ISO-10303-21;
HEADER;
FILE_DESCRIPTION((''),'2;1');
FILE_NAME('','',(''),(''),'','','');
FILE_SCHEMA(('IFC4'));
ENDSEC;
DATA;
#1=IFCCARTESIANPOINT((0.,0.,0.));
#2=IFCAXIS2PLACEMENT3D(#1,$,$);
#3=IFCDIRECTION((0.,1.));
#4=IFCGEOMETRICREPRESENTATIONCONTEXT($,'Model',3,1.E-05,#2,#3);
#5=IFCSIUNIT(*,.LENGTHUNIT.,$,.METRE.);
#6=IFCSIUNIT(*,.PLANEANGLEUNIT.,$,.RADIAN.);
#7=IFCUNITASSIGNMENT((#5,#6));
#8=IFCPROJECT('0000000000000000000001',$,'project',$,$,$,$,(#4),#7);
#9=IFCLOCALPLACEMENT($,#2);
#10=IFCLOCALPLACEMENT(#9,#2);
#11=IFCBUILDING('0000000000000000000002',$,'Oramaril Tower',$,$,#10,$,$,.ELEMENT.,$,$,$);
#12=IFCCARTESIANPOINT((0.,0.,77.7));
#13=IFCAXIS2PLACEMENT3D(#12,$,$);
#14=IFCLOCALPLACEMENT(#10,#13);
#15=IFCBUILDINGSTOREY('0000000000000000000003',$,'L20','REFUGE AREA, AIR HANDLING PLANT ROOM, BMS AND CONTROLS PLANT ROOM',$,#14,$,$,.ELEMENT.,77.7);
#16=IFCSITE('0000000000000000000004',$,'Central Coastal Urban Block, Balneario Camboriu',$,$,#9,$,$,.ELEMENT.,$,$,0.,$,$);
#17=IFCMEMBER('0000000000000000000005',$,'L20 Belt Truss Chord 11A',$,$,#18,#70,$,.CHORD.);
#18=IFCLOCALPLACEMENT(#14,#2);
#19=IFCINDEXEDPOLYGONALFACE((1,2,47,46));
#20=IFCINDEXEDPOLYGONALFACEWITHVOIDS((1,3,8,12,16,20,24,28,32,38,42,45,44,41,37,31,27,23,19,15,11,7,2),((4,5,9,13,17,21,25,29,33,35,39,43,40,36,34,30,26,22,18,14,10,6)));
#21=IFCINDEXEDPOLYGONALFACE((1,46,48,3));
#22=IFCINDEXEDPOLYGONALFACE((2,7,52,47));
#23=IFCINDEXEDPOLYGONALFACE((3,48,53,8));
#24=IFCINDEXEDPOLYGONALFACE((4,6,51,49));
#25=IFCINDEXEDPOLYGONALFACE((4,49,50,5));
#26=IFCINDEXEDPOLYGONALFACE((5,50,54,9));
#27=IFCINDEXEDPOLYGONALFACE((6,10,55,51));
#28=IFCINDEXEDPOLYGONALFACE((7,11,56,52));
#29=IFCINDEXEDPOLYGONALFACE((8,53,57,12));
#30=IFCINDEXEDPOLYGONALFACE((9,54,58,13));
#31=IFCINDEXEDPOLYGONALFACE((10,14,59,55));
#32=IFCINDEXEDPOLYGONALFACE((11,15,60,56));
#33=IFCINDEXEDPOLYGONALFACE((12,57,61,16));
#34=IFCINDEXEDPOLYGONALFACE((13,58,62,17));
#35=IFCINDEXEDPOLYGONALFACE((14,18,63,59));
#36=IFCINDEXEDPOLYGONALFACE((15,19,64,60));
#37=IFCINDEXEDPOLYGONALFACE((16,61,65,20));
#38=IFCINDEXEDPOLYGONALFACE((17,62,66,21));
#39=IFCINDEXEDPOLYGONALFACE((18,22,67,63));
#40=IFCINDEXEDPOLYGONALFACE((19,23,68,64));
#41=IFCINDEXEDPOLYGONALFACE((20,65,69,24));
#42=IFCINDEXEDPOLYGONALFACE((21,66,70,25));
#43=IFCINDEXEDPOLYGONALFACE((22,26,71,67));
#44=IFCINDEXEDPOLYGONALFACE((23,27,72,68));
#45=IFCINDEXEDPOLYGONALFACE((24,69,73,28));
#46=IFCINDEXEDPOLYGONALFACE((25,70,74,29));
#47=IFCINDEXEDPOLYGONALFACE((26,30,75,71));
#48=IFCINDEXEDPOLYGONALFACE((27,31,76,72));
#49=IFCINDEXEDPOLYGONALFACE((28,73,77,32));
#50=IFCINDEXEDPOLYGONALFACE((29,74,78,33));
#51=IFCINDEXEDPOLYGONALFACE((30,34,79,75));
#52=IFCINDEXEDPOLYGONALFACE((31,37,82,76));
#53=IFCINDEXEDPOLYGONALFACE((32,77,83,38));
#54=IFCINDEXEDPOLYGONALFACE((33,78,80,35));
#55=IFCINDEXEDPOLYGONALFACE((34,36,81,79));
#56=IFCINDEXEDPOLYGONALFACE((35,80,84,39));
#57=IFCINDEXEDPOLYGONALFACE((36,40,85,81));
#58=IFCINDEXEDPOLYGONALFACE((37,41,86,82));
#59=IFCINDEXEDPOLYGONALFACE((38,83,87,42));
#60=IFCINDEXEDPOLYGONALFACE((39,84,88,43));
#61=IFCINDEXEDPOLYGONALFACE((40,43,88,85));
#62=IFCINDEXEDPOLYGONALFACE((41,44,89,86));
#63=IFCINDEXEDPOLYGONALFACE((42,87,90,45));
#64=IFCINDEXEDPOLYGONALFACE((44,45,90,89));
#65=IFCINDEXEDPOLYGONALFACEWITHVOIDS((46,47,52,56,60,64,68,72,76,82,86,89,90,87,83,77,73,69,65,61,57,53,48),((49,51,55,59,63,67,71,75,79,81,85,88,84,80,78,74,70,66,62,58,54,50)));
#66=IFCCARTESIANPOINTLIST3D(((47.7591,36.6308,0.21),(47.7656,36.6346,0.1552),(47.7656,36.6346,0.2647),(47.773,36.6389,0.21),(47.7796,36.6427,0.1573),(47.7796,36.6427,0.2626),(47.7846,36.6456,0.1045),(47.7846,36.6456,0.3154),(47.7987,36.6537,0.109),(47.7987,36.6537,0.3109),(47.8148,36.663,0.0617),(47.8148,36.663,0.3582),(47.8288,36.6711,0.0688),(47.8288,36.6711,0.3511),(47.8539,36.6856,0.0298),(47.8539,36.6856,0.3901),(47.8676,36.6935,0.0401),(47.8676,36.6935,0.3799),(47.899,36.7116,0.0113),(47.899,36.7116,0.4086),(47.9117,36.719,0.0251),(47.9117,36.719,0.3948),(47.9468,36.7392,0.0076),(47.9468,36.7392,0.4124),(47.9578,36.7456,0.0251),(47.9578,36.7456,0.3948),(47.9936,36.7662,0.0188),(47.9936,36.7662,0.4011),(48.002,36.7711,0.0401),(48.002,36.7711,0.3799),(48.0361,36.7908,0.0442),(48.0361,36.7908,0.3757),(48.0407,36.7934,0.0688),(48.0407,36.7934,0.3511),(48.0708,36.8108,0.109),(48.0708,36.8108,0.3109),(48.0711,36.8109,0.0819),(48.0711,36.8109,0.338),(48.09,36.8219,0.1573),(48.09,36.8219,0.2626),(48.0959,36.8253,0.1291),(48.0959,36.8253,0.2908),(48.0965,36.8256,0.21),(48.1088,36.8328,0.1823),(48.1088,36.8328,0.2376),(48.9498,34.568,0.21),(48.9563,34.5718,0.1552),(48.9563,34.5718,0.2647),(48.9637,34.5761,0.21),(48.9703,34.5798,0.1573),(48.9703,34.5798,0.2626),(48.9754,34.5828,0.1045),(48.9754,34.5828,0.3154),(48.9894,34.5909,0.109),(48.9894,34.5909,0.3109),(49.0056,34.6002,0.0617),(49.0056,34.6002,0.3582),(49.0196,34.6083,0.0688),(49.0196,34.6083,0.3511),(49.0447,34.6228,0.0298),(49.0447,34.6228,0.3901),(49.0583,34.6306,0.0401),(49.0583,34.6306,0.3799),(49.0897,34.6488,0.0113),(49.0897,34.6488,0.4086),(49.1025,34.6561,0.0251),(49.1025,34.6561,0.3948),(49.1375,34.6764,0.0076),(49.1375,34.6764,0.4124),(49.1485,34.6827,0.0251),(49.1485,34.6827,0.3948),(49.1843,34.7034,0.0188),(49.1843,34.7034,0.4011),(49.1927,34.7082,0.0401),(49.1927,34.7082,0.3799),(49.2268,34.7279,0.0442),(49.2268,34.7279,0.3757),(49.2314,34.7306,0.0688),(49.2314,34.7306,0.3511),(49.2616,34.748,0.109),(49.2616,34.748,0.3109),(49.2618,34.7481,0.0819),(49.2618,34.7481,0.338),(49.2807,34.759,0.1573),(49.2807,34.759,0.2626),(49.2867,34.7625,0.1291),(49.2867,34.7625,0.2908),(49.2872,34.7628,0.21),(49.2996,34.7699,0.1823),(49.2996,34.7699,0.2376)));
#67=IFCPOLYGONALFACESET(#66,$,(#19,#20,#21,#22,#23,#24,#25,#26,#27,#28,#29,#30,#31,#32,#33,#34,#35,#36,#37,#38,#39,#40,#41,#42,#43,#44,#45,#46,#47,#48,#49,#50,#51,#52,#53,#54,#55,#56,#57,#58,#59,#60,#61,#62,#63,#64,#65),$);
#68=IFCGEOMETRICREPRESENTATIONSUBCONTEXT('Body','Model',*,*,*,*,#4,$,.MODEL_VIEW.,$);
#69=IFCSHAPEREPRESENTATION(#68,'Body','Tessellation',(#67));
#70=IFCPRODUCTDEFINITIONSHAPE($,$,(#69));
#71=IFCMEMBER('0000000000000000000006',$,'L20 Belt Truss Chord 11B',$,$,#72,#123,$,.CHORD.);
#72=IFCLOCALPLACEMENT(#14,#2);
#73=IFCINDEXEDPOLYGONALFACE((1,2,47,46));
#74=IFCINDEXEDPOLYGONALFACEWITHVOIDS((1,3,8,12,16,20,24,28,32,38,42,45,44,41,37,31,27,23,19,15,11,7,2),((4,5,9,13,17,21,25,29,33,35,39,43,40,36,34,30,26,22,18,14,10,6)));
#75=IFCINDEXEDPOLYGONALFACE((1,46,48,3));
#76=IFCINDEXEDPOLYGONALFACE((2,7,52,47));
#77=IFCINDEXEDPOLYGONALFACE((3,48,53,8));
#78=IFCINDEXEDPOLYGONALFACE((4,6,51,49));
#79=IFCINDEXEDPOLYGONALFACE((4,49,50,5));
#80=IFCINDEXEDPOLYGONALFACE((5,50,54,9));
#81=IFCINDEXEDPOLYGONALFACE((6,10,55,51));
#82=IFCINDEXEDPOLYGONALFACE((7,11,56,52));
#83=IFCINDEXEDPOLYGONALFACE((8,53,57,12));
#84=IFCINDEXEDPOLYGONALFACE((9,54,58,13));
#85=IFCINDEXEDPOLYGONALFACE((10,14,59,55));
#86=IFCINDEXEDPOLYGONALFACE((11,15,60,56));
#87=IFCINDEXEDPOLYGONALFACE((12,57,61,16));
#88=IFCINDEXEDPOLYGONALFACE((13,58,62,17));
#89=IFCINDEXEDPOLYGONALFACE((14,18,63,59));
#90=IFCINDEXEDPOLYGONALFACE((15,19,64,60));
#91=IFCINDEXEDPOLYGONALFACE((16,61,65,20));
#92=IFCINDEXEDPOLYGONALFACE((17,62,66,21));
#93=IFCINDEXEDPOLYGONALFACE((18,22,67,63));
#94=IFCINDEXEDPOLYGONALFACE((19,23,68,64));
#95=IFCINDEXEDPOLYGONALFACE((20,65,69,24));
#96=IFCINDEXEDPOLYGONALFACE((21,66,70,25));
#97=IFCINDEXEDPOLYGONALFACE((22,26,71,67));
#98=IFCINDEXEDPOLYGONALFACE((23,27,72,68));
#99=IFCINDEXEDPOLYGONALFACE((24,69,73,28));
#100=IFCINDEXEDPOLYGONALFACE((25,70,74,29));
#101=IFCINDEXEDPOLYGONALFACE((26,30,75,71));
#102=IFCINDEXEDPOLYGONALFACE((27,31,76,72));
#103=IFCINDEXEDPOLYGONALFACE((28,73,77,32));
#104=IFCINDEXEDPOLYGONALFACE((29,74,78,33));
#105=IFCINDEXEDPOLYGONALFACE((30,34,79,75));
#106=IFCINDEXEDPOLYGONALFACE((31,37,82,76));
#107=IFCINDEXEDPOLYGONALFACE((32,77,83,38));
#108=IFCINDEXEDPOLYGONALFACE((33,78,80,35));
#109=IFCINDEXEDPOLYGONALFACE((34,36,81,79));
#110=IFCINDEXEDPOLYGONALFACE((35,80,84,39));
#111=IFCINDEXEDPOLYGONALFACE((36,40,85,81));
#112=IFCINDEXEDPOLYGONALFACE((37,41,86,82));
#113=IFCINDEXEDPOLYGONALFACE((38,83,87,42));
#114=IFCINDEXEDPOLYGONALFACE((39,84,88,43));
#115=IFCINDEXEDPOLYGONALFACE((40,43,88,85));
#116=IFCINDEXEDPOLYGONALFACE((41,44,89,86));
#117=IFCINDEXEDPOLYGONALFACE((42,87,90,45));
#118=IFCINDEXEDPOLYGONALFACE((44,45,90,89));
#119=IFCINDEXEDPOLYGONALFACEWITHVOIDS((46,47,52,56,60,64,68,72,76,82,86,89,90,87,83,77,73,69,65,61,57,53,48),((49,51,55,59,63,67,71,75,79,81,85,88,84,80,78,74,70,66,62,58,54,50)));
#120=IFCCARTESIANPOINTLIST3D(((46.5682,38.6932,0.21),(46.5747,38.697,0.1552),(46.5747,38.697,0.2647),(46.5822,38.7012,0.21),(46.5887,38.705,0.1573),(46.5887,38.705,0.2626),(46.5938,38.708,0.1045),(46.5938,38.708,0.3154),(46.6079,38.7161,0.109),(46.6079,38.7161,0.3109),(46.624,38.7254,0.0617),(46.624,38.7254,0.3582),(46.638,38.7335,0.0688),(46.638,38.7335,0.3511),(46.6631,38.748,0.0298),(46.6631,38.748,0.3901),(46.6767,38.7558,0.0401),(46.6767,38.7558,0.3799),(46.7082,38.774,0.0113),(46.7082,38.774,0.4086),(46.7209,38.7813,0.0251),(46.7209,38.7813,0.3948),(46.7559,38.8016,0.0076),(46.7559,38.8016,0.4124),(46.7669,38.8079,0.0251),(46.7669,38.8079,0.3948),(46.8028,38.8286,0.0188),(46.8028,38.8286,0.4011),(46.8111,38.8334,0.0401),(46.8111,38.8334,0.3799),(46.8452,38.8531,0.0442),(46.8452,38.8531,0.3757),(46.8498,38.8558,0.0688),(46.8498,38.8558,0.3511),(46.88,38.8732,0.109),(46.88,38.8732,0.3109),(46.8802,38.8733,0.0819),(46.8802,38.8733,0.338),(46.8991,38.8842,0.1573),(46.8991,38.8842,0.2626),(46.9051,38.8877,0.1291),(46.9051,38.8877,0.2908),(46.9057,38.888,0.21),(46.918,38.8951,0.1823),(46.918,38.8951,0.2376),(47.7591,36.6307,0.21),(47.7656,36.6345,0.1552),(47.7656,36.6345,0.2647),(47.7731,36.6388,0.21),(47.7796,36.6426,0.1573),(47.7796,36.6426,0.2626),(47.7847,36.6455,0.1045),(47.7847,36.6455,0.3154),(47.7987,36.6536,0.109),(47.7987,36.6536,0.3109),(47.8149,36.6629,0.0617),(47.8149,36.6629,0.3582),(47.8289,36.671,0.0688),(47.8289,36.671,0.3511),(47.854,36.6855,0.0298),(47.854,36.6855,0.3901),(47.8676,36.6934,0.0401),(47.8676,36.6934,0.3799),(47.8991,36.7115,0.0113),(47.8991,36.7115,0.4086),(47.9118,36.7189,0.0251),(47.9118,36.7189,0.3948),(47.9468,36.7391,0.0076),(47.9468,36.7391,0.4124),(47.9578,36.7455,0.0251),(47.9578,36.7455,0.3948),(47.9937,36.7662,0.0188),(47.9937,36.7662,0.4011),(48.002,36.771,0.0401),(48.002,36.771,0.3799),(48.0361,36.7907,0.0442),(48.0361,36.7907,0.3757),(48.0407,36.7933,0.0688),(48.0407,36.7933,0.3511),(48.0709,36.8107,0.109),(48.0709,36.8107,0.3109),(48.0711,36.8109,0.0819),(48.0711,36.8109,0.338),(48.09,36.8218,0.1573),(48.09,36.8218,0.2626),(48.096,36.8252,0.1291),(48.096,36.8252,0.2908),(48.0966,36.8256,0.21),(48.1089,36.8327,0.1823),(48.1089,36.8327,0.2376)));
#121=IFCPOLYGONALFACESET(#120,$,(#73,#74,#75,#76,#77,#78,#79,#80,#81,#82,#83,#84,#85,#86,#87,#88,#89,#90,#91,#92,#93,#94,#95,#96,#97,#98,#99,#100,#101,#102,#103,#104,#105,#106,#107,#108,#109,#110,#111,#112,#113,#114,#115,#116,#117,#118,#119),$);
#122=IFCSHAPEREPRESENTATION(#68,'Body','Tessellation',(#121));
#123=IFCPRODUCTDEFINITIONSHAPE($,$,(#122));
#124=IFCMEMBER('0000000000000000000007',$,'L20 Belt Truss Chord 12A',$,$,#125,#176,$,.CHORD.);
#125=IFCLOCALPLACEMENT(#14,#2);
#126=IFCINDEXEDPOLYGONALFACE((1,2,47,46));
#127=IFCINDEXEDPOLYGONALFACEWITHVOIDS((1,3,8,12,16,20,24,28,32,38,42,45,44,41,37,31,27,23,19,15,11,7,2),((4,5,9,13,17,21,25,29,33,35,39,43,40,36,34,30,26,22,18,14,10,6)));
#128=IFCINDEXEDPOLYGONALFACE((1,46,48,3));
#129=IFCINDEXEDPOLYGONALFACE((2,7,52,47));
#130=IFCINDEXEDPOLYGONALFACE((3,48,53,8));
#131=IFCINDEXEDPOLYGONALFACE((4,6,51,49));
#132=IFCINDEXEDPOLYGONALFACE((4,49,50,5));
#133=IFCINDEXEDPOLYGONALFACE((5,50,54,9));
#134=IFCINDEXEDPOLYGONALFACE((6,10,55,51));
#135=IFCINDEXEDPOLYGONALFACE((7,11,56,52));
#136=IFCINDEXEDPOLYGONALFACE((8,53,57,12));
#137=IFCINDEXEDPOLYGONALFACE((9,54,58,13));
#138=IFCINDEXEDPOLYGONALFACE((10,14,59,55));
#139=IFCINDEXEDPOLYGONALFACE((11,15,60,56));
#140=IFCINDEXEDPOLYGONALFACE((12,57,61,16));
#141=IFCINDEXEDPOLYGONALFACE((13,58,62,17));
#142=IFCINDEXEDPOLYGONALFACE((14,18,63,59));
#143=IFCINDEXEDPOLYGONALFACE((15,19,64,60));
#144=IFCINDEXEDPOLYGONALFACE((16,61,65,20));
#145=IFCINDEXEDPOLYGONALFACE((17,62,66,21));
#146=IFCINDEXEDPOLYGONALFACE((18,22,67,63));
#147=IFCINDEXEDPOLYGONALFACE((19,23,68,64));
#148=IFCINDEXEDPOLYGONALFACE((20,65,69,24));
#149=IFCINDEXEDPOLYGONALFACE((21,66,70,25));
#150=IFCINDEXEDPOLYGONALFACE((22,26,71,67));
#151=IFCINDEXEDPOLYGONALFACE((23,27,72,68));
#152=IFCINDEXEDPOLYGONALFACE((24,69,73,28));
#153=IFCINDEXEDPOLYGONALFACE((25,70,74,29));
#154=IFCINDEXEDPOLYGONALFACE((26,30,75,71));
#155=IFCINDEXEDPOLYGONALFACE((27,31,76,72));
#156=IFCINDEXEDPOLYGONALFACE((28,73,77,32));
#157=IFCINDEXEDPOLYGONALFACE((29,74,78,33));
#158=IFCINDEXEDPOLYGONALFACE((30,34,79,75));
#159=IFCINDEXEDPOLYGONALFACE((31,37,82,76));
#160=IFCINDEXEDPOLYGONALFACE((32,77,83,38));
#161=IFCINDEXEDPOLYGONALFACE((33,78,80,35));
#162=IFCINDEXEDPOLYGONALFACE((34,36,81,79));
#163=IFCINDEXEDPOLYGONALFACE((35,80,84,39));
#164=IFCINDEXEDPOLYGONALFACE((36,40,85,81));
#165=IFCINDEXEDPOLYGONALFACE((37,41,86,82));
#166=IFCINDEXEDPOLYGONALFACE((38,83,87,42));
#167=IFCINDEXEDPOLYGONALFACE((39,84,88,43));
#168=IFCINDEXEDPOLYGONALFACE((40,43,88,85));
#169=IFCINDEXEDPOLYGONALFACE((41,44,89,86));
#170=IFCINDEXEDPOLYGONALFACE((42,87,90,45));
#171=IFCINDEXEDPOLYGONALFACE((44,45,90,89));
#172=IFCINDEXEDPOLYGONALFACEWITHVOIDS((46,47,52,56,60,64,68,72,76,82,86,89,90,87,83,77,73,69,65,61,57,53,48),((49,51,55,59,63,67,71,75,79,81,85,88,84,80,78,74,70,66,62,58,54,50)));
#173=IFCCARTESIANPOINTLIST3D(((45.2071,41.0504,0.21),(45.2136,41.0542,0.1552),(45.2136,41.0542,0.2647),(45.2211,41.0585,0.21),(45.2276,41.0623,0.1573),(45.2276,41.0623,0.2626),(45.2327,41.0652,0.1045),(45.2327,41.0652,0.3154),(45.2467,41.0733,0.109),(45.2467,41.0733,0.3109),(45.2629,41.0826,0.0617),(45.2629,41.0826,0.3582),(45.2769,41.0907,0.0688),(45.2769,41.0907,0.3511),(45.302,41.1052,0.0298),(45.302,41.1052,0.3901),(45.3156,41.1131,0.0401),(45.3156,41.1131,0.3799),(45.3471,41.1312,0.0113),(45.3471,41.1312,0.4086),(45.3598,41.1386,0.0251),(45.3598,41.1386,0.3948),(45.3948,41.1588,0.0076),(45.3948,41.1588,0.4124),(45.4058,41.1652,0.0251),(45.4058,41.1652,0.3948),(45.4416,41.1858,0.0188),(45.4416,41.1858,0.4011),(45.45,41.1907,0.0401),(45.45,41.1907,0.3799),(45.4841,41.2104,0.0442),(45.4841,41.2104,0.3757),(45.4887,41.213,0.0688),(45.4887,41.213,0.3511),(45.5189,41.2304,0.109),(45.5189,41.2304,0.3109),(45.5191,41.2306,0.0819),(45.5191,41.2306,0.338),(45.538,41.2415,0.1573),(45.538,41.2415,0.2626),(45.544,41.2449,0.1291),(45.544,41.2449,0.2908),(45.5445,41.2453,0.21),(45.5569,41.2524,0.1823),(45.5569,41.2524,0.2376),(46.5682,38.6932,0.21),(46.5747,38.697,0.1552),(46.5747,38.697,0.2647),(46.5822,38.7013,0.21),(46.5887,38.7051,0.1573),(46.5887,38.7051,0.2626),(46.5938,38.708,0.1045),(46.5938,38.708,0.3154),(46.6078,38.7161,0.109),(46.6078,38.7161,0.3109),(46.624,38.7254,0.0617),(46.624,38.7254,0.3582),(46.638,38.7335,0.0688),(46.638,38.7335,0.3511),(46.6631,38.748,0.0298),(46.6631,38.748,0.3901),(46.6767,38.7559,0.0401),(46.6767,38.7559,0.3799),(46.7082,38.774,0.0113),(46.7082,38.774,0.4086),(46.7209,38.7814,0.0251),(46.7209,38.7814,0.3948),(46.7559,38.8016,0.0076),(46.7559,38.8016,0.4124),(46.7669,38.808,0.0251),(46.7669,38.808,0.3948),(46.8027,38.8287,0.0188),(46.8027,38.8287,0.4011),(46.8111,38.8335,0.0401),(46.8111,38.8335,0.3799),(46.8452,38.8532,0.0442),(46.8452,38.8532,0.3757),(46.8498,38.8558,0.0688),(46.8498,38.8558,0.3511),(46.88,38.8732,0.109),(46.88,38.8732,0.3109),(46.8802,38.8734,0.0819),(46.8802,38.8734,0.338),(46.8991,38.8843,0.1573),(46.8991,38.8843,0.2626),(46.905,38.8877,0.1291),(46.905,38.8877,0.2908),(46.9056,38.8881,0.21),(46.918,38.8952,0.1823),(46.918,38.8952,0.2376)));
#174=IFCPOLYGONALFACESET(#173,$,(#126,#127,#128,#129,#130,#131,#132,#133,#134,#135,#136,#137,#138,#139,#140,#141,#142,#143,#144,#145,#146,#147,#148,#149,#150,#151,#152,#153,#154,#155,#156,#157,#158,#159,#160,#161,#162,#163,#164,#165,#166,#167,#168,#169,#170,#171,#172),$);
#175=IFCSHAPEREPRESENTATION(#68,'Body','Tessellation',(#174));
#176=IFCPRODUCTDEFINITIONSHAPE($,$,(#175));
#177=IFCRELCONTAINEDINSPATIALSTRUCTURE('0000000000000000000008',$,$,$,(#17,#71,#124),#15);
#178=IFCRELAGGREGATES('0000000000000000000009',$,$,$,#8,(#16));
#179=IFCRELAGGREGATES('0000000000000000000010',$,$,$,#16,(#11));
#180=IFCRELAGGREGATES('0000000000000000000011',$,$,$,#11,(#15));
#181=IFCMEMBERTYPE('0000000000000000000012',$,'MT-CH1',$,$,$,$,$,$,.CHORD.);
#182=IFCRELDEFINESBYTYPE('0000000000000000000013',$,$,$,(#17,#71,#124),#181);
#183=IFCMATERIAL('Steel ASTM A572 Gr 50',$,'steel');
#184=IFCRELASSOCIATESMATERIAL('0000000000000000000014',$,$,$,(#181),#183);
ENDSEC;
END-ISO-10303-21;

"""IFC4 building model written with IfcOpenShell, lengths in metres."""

from ifc_helpers import new_model, si_unit, direction, frame, origin, origin_2d, place, context, subcontext, project, spatial, hollow_circle, extrude, material, material_profile, profile_set, type_object, element, save


model = new_model("IFC4")

# Units and contexts
model_context = context("Model", 3, precision=1e-05, world=origin(), true_north=direction((0.0, 1.0)))
body_context = subcontext(model_context, "Body", "Model", "MODEL_VIEW")
ifc_project = project(units=[si_unit("LENGTHUNIT", "METRE"), si_unit("PLANEANGLEUNIT", "RADIAN")], contexts=[model_context])

# Site, building, storey
site_placement = place(None, origin())
site = spatial("IfcSite", under=ifc_project, at=site_placement, Name="Central Coastal Urban Block, Balneario Camboriu", CompositionType="ELEMENT", RefElevation=0.0)
building_placement = place(site_placement, origin())
building = spatial("IfcBuilding", under=site, at=building_placement, Name="Oramaril Tower", CompositionType="ELEMENT")
storey_placement = place(building_placement, frame((0.0, 0.0, 77.7)))
storey = spatial("IfcBuildingStorey", under=building, at=storey_placement, Name="L20", Description="REFUGE AREA, AIR HANDLING PLANT ROOM, BMS AND CONTROLS PLANT ROOM", CompositionType="ELEMENT", Elevation=77.7)

# Members
ifc_material_1 = material(Name="Steel ASTM A572 Gr 50", Category="steel")
ifc_material_profile_1 = material_profile(ifc_material_1, hollow_circle(Radius=0.2029, WallThickness=0.0161, at=origin_2d()), Name="CHS406X16")
ifc_profile_set_1 = profile_set([ifc_material_profile_1], Name="Steel ASTM A572 Gr 50")
member_type_1 = type_object("IfcMemberType", Name="MT-CH1", PredefinedType="CHORD", material=ifc_profile_set_1)
member_1_placement = place(storey_placement, frame((49.1255, 34.6694, 0.21), z_axis=(-0.499921, 0.866071, 0.0), x_axis=(-0.866071, -0.499921, 0.0)))
element("IfcMember", 1, at=member_1_placement, inside=storey, type_object=member_type_1, Name="L20 Belt Truss Chord 11A", PredefinedType="CHORD", context=body_context, shape_type="SweptSolid", body=[
    extrude(hollow_circle(Radius=0.2029, WallThickness=0.0161, at=origin_2d()), origin(), (0.0, 0.0, 1.0), 2.3818),
])
member_2_placement = place(storey_placement, frame((47.9348, 36.7322, 0.21), z_axis=(-0.500042, 0.866001, 0.0), x_axis=(-0.866001, -0.500042, 0.0)))
element("IfcMember", 2, at=member_2_placement, inside=storey, type_object=member_type_1, Name="L20 Belt Truss Chord 11B", PredefinedType="CHORD", context=body_context, shape_type="SweptSolid", body=[
    extrude(hollow_circle(Radius=0.2029, WallThickness=0.0161, at=origin_2d()), origin(), (0.0, 0.0, 1.0), 2.3816),
])
member_3_placement = place(storey_placement, frame((46.7439, 38.7947, 0.21), z_axis=(-0.500046, 0.865999, 0.0), x_axis=(-0.865999, -0.500046, 0.0)))
element("IfcMember", 3, at=member_3_placement, inside=storey, type_object=member_type_1, Name="L20 Belt Truss Chord 12A", PredefinedType="CHORD", context=body_context, shape_type="SweptSolid", body=[
    extrude(hollow_circle(Radius=0.2029, WallThickness=0.0161, at=origin_2d()), origin(), (0.0, 0.0, 1.0), 2.7219),
])

save(model, "model.ifc")
